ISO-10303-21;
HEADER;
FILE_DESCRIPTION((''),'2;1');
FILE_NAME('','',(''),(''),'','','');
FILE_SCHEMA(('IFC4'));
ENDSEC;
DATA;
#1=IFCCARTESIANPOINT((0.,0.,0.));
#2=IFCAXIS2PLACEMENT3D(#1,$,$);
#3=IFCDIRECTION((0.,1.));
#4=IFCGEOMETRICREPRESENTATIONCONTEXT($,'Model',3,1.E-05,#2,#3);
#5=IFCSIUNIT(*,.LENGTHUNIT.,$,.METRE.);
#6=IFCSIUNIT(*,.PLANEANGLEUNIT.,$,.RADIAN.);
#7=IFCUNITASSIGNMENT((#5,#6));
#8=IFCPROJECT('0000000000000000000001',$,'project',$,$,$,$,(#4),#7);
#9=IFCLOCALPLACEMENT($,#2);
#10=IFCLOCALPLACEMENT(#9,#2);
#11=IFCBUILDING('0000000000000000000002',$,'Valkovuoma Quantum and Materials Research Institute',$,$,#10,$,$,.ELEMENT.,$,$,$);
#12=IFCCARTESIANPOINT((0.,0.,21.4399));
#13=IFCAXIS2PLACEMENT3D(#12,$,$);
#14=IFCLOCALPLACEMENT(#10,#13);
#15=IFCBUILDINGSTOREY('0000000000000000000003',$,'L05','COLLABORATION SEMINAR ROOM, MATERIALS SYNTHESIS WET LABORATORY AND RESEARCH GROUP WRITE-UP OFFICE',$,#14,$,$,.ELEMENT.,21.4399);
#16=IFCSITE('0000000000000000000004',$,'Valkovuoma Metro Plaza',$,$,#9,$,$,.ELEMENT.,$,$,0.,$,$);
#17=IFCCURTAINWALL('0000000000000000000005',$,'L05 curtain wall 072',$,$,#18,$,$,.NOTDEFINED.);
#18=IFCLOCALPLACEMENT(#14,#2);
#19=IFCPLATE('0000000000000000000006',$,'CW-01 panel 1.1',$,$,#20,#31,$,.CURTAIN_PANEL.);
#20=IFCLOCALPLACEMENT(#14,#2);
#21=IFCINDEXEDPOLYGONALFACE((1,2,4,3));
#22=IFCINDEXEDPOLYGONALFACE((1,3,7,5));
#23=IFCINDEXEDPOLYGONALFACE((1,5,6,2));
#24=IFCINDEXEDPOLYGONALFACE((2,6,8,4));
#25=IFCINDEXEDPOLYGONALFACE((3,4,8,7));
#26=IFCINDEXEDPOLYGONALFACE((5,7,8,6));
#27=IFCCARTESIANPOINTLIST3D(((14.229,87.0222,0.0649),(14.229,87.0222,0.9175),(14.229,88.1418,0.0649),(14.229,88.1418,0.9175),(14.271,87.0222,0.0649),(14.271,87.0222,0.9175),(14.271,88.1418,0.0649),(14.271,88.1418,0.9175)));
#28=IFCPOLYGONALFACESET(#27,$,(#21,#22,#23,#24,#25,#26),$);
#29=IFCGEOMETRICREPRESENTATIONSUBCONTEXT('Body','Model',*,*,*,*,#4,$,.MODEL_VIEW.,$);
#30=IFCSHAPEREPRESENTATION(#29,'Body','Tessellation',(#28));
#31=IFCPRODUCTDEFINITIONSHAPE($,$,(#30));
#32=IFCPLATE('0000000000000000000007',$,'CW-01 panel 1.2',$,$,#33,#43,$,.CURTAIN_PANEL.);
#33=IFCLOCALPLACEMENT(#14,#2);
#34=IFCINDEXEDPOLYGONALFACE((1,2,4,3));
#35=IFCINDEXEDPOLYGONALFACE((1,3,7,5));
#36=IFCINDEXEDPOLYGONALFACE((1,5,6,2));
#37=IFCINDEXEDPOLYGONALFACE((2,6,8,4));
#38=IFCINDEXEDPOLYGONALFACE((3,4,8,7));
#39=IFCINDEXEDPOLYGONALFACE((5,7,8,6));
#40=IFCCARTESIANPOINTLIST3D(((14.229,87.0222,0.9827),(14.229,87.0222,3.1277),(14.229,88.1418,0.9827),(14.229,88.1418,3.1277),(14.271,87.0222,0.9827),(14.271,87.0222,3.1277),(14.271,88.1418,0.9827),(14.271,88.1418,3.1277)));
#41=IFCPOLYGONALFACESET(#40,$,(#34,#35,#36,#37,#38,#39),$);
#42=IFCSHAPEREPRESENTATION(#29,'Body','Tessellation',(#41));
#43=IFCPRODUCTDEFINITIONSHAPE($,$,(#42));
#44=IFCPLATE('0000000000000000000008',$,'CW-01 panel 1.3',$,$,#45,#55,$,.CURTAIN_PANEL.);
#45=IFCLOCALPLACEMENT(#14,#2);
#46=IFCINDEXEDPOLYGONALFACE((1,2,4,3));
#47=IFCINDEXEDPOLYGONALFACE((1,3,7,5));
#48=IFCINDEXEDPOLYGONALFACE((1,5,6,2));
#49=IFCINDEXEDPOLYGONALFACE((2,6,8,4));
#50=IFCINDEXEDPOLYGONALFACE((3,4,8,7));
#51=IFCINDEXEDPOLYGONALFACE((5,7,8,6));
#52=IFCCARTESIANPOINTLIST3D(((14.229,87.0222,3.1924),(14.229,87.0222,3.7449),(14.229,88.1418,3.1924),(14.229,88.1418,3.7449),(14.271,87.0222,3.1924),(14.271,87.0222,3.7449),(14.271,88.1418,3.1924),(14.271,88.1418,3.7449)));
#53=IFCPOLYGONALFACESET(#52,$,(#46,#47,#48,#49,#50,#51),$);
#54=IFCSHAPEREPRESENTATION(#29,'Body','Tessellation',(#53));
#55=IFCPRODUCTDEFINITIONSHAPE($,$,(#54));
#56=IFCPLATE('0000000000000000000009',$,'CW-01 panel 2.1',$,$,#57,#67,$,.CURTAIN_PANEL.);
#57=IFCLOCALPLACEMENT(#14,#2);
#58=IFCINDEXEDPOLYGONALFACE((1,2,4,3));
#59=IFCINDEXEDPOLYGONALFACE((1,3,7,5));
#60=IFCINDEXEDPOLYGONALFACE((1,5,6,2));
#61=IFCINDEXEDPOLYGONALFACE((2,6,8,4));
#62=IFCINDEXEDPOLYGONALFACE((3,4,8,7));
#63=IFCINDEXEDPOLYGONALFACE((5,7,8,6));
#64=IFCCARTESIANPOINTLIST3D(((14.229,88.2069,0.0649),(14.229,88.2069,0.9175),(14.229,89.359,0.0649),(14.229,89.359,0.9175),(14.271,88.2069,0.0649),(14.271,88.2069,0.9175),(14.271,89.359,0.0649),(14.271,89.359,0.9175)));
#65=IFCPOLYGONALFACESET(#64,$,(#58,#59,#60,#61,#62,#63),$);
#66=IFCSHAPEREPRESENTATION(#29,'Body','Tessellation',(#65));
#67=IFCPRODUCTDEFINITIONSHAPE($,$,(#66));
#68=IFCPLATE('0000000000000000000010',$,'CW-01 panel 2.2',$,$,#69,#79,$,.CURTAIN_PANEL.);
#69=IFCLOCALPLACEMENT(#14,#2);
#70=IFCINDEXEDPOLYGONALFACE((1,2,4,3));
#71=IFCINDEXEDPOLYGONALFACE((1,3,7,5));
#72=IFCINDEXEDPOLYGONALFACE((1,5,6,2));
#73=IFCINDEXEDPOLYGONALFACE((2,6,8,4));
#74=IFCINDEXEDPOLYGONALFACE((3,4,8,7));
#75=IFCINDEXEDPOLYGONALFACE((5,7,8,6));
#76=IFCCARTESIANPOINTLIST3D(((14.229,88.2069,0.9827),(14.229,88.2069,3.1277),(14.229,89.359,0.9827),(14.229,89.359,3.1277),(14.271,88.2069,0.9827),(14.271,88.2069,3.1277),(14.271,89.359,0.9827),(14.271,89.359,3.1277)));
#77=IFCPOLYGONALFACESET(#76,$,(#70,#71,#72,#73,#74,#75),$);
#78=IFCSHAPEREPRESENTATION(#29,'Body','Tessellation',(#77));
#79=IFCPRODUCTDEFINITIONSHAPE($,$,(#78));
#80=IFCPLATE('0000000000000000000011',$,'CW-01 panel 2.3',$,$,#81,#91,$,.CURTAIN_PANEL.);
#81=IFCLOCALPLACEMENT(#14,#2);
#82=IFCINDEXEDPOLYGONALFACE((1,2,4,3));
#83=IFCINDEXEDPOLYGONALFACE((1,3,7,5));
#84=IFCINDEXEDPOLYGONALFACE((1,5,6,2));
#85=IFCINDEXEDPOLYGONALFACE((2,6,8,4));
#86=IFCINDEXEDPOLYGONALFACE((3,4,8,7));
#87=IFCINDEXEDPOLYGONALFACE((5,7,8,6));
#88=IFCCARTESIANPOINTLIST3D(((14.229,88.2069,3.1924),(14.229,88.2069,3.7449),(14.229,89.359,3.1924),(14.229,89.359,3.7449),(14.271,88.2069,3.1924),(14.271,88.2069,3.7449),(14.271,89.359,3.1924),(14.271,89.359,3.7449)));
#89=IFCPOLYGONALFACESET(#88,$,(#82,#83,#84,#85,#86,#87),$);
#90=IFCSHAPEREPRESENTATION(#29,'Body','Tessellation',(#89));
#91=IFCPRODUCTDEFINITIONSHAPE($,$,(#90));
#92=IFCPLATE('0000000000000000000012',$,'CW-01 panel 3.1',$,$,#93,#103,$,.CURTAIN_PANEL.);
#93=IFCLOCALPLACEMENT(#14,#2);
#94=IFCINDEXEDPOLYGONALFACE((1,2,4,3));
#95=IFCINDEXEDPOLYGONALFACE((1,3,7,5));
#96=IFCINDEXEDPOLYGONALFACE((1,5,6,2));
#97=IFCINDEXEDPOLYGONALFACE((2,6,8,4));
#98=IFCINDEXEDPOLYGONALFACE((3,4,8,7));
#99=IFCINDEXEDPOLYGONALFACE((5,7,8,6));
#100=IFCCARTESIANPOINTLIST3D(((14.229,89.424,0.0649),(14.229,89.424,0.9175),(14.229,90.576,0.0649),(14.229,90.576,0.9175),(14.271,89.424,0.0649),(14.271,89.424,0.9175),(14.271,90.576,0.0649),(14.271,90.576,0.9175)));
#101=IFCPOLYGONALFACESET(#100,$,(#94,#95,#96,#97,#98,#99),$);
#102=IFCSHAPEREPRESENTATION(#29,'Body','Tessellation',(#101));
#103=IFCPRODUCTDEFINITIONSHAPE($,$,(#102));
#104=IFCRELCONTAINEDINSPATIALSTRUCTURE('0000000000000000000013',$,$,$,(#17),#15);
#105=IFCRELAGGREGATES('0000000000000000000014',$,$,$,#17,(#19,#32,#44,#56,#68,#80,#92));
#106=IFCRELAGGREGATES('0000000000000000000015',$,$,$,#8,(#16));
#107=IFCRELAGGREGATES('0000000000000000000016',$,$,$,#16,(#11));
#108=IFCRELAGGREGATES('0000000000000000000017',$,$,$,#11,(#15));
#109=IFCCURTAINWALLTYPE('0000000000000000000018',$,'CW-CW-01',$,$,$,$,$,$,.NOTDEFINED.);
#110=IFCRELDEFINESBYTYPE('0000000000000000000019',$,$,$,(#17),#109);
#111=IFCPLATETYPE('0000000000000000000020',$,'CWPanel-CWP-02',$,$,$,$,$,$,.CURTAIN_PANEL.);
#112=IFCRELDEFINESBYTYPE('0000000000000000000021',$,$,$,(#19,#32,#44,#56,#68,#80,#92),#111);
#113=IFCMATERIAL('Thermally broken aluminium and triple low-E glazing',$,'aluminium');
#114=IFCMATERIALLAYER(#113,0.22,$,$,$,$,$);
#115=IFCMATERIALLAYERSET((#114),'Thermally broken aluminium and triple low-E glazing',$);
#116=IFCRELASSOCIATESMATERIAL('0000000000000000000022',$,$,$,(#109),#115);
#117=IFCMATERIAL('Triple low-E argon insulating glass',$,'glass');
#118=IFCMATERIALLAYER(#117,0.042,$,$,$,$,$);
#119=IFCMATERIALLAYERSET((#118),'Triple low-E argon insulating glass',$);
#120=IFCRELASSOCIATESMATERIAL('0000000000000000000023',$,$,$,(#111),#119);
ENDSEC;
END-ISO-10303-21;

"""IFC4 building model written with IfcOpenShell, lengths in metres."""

from ifc_helpers import new_model, si_unit, direction, frame, origin, origin_2d, place, context, subcontext, project, spatial, rectangle, extrude, material, layer, layer_set, type_object, element, aggregate, save


model = new_model("IFC4")

# Units and contexts
model_context = context("Model", 3, precision=1e-05, world=origin(), true_north=direction((0.0, 1.0)))
body_context = subcontext(model_context, "Body", "Model", "MODEL_VIEW")
ifc_project = project(units=[si_unit("LENGTHUNIT", "METRE"), si_unit("PLANEANGLEUNIT", "RADIAN")], contexts=[model_context])

# Site, building, storey
site_placement = place(None, origin())
site = spatial("IfcSite", under=ifc_project, at=site_placement, Name="Valkovuoma Metro Plaza", CompositionType="ELEMENT", RefElevation=0.0)
building_placement = place(site_placement, origin())
building = spatial("IfcBuilding", under=site, at=building_placement, Name="Valkovuoma Quantum and Materials Research Institute", CompositionType="ELEMENT")
storey_placement = place(building_placement, frame((0.0, 0.0, 21.4399)))
storey = spatial("IfcBuildingStorey", under=building, at=storey_placement, Name="L05", Description="COLLABORATION SEMINAR ROOM, MATERIALS SYNTHESIS WET LABORATORY AND RESEARCH GROUP WRITE-UP OFFICE", CompositionType="ELEMENT", Elevation=21.4399)

# Curtain wall, plates
ifc_material_1 = material(Name="Thermally broken aluminium and triple low-E glazing", Category="aluminium")
ifc_layer_1 = layer(ifc_material_1, 0.22)
ifc_layer_set_1 = layer_set([ifc_layer_1], Name="Thermally broken aluminium and triple low-E glazing")
curtain_wall_type = type_object("IfcCurtainWallType", Name="CW-CW-01", PredefinedType="NOTDEFINED", material=ifc_layer_set_1)
curtain_wall_placement = place(storey_placement, origin())
curtain_wall = element("IfcCurtainWall", 1, at=curtain_wall_placement, inside=storey, type_object=curtain_wall_type, Name="L05 curtain wall 072", PredefinedType="NOTDEFINED")
ifc_material_2 = material(Name="Triple low-E argon insulating glass", Category="glass")
ifc_layer_2 = layer(ifc_material_2, 0.042)
ifc_layer_set_2 = layer_set([ifc_layer_2], Name="Triple low-E argon insulating glass")
plate_type = type_object("IfcPlateType", Name="CWPanel-CWP-02", PredefinedType="CURTAIN_PANEL", material=ifc_layer_set_2)
plate_1_placement = place(storey_placement, frame((14.25, 87.582, 0.0649), z_axis=(0.0, 0.0, 1.0), x_axis=(0.0, 1.0, 0.0)))
plate_1 = element("IfcPlate", 2, at=plate_1_placement, type_object=plate_type, Name="CW-01 panel 1.1", PredefinedType="CURTAIN_PANEL", context=body_context, shape_type="SweptSolid", body=[
    extrude(rectangle(XDim=1.1196, YDim=0.042, at=origin_2d()), origin(), (0.0, 0.0, 1.0), 0.8525),
])
plate_2_placement = place(storey_placement, frame((14.25, 87.582, 0.9827), z_axis=(0.0, 0.0, 1.0), x_axis=(0.0, 1.0, 0.0)))
plate_2 = element("IfcPlate", 3, at=plate_2_placement, type_object=plate_type, Name="CW-01 panel 1.2", PredefinedType="CURTAIN_PANEL", context=body_context, shape_type="SweptSolid", body=[
    extrude(rectangle(XDim=1.1196, YDim=0.042, at=origin_2d()), origin(), (0.0, 0.0, 1.0), 2.145),
])
plate_3_placement = place(storey_placement, frame((14.25, 87.582, 3.1924), z_axis=(0.0, 0.0, 1.0), x_axis=(0.0, 1.0, 0.0)))
plate_3 = element("IfcPlate", 4, at=plate_3_placement, type_object=plate_type, Name="CW-01 panel 1.3", PredefinedType="CURTAIN_PANEL", context=body_context, shape_type="SweptSolid", body=[
    extrude(rectangle(XDim=1.1196, YDim=0.042, at=origin_2d()), origin(), (0.0, 0.0, 1.0), 0.5525),
])
plate_4_placement = place(storey_placement, frame((14.25, 88.783, 0.0649), z_axis=(0.0, 0.0, 1.0), x_axis=(0.0, 1.0, 0.0)))
plate_4 = element("IfcPlate", 5, at=plate_4_placement, type_object=plate_type, Name="CW-01 panel 2.1", PredefinedType="CURTAIN_PANEL", context=body_context, shape_type="SweptSolid", body=[
    extrude(rectangle(XDim=1.1521, YDim=0.042, at=origin_2d()), origin(), (0.0, 0.0, 1.0), 0.8525),
])
plate_5_placement = place(storey_placement, frame((14.25, 88.783, 0.9827), z_axis=(0.0, 0.0, 1.0), x_axis=(0.0, 1.0, 0.0)))
plate_5 = element("IfcPlate", 6, at=plate_5_placement, type_object=plate_type, Name="CW-01 panel 2.2", PredefinedType="CURTAIN_PANEL", context=body_context, shape_type="SweptSolid", body=[
    extrude(rectangle(XDim=1.1521, YDim=0.042, at=origin_2d()), origin(), (0.0, 0.0, 1.0), 2.145),
])
plate_6_placement = place(storey_placement, frame((14.25, 88.783, 3.1924), z_axis=(0.0, 0.0, 1.0), x_axis=(0.0, 1.0, 0.0)))
plate_6 = element("IfcPlate", 7, at=plate_6_placement, type_object=plate_type, Name="CW-01 panel 2.3", PredefinedType="CURTAIN_PANEL", context=body_context, shape_type="SweptSolid", body=[
    extrude(rectangle(XDim=1.1521, YDim=0.042, at=origin_2d()), origin(), (0.0, 0.0, 1.0), 0.5525),
])
plate_7_placement = place(storey_placement, frame((14.25, 90.0, 0.0649), z_axis=(0.0, 0.0, 1.0), x_axis=(0.0, 1.0, 0.0)))
plate_7 = element("IfcPlate", 8, at=plate_7_placement, type_object=plate_type, Name="CW-01 panel 3.1", PredefinedType="CURTAIN_PANEL", context=body_context, shape_type="SweptSolid", body=[
    extrude(rectangle(XDim=1.1521, YDim=0.042, at=origin_2d()), origin(), (0.0, 0.0, 1.0), 0.8525),
])
aggregate(curtain_wall, [plate_1, plate_2, plate_3, plate_4, plate_5, plate_6, plate_7])

save(model, "model.ifc")
